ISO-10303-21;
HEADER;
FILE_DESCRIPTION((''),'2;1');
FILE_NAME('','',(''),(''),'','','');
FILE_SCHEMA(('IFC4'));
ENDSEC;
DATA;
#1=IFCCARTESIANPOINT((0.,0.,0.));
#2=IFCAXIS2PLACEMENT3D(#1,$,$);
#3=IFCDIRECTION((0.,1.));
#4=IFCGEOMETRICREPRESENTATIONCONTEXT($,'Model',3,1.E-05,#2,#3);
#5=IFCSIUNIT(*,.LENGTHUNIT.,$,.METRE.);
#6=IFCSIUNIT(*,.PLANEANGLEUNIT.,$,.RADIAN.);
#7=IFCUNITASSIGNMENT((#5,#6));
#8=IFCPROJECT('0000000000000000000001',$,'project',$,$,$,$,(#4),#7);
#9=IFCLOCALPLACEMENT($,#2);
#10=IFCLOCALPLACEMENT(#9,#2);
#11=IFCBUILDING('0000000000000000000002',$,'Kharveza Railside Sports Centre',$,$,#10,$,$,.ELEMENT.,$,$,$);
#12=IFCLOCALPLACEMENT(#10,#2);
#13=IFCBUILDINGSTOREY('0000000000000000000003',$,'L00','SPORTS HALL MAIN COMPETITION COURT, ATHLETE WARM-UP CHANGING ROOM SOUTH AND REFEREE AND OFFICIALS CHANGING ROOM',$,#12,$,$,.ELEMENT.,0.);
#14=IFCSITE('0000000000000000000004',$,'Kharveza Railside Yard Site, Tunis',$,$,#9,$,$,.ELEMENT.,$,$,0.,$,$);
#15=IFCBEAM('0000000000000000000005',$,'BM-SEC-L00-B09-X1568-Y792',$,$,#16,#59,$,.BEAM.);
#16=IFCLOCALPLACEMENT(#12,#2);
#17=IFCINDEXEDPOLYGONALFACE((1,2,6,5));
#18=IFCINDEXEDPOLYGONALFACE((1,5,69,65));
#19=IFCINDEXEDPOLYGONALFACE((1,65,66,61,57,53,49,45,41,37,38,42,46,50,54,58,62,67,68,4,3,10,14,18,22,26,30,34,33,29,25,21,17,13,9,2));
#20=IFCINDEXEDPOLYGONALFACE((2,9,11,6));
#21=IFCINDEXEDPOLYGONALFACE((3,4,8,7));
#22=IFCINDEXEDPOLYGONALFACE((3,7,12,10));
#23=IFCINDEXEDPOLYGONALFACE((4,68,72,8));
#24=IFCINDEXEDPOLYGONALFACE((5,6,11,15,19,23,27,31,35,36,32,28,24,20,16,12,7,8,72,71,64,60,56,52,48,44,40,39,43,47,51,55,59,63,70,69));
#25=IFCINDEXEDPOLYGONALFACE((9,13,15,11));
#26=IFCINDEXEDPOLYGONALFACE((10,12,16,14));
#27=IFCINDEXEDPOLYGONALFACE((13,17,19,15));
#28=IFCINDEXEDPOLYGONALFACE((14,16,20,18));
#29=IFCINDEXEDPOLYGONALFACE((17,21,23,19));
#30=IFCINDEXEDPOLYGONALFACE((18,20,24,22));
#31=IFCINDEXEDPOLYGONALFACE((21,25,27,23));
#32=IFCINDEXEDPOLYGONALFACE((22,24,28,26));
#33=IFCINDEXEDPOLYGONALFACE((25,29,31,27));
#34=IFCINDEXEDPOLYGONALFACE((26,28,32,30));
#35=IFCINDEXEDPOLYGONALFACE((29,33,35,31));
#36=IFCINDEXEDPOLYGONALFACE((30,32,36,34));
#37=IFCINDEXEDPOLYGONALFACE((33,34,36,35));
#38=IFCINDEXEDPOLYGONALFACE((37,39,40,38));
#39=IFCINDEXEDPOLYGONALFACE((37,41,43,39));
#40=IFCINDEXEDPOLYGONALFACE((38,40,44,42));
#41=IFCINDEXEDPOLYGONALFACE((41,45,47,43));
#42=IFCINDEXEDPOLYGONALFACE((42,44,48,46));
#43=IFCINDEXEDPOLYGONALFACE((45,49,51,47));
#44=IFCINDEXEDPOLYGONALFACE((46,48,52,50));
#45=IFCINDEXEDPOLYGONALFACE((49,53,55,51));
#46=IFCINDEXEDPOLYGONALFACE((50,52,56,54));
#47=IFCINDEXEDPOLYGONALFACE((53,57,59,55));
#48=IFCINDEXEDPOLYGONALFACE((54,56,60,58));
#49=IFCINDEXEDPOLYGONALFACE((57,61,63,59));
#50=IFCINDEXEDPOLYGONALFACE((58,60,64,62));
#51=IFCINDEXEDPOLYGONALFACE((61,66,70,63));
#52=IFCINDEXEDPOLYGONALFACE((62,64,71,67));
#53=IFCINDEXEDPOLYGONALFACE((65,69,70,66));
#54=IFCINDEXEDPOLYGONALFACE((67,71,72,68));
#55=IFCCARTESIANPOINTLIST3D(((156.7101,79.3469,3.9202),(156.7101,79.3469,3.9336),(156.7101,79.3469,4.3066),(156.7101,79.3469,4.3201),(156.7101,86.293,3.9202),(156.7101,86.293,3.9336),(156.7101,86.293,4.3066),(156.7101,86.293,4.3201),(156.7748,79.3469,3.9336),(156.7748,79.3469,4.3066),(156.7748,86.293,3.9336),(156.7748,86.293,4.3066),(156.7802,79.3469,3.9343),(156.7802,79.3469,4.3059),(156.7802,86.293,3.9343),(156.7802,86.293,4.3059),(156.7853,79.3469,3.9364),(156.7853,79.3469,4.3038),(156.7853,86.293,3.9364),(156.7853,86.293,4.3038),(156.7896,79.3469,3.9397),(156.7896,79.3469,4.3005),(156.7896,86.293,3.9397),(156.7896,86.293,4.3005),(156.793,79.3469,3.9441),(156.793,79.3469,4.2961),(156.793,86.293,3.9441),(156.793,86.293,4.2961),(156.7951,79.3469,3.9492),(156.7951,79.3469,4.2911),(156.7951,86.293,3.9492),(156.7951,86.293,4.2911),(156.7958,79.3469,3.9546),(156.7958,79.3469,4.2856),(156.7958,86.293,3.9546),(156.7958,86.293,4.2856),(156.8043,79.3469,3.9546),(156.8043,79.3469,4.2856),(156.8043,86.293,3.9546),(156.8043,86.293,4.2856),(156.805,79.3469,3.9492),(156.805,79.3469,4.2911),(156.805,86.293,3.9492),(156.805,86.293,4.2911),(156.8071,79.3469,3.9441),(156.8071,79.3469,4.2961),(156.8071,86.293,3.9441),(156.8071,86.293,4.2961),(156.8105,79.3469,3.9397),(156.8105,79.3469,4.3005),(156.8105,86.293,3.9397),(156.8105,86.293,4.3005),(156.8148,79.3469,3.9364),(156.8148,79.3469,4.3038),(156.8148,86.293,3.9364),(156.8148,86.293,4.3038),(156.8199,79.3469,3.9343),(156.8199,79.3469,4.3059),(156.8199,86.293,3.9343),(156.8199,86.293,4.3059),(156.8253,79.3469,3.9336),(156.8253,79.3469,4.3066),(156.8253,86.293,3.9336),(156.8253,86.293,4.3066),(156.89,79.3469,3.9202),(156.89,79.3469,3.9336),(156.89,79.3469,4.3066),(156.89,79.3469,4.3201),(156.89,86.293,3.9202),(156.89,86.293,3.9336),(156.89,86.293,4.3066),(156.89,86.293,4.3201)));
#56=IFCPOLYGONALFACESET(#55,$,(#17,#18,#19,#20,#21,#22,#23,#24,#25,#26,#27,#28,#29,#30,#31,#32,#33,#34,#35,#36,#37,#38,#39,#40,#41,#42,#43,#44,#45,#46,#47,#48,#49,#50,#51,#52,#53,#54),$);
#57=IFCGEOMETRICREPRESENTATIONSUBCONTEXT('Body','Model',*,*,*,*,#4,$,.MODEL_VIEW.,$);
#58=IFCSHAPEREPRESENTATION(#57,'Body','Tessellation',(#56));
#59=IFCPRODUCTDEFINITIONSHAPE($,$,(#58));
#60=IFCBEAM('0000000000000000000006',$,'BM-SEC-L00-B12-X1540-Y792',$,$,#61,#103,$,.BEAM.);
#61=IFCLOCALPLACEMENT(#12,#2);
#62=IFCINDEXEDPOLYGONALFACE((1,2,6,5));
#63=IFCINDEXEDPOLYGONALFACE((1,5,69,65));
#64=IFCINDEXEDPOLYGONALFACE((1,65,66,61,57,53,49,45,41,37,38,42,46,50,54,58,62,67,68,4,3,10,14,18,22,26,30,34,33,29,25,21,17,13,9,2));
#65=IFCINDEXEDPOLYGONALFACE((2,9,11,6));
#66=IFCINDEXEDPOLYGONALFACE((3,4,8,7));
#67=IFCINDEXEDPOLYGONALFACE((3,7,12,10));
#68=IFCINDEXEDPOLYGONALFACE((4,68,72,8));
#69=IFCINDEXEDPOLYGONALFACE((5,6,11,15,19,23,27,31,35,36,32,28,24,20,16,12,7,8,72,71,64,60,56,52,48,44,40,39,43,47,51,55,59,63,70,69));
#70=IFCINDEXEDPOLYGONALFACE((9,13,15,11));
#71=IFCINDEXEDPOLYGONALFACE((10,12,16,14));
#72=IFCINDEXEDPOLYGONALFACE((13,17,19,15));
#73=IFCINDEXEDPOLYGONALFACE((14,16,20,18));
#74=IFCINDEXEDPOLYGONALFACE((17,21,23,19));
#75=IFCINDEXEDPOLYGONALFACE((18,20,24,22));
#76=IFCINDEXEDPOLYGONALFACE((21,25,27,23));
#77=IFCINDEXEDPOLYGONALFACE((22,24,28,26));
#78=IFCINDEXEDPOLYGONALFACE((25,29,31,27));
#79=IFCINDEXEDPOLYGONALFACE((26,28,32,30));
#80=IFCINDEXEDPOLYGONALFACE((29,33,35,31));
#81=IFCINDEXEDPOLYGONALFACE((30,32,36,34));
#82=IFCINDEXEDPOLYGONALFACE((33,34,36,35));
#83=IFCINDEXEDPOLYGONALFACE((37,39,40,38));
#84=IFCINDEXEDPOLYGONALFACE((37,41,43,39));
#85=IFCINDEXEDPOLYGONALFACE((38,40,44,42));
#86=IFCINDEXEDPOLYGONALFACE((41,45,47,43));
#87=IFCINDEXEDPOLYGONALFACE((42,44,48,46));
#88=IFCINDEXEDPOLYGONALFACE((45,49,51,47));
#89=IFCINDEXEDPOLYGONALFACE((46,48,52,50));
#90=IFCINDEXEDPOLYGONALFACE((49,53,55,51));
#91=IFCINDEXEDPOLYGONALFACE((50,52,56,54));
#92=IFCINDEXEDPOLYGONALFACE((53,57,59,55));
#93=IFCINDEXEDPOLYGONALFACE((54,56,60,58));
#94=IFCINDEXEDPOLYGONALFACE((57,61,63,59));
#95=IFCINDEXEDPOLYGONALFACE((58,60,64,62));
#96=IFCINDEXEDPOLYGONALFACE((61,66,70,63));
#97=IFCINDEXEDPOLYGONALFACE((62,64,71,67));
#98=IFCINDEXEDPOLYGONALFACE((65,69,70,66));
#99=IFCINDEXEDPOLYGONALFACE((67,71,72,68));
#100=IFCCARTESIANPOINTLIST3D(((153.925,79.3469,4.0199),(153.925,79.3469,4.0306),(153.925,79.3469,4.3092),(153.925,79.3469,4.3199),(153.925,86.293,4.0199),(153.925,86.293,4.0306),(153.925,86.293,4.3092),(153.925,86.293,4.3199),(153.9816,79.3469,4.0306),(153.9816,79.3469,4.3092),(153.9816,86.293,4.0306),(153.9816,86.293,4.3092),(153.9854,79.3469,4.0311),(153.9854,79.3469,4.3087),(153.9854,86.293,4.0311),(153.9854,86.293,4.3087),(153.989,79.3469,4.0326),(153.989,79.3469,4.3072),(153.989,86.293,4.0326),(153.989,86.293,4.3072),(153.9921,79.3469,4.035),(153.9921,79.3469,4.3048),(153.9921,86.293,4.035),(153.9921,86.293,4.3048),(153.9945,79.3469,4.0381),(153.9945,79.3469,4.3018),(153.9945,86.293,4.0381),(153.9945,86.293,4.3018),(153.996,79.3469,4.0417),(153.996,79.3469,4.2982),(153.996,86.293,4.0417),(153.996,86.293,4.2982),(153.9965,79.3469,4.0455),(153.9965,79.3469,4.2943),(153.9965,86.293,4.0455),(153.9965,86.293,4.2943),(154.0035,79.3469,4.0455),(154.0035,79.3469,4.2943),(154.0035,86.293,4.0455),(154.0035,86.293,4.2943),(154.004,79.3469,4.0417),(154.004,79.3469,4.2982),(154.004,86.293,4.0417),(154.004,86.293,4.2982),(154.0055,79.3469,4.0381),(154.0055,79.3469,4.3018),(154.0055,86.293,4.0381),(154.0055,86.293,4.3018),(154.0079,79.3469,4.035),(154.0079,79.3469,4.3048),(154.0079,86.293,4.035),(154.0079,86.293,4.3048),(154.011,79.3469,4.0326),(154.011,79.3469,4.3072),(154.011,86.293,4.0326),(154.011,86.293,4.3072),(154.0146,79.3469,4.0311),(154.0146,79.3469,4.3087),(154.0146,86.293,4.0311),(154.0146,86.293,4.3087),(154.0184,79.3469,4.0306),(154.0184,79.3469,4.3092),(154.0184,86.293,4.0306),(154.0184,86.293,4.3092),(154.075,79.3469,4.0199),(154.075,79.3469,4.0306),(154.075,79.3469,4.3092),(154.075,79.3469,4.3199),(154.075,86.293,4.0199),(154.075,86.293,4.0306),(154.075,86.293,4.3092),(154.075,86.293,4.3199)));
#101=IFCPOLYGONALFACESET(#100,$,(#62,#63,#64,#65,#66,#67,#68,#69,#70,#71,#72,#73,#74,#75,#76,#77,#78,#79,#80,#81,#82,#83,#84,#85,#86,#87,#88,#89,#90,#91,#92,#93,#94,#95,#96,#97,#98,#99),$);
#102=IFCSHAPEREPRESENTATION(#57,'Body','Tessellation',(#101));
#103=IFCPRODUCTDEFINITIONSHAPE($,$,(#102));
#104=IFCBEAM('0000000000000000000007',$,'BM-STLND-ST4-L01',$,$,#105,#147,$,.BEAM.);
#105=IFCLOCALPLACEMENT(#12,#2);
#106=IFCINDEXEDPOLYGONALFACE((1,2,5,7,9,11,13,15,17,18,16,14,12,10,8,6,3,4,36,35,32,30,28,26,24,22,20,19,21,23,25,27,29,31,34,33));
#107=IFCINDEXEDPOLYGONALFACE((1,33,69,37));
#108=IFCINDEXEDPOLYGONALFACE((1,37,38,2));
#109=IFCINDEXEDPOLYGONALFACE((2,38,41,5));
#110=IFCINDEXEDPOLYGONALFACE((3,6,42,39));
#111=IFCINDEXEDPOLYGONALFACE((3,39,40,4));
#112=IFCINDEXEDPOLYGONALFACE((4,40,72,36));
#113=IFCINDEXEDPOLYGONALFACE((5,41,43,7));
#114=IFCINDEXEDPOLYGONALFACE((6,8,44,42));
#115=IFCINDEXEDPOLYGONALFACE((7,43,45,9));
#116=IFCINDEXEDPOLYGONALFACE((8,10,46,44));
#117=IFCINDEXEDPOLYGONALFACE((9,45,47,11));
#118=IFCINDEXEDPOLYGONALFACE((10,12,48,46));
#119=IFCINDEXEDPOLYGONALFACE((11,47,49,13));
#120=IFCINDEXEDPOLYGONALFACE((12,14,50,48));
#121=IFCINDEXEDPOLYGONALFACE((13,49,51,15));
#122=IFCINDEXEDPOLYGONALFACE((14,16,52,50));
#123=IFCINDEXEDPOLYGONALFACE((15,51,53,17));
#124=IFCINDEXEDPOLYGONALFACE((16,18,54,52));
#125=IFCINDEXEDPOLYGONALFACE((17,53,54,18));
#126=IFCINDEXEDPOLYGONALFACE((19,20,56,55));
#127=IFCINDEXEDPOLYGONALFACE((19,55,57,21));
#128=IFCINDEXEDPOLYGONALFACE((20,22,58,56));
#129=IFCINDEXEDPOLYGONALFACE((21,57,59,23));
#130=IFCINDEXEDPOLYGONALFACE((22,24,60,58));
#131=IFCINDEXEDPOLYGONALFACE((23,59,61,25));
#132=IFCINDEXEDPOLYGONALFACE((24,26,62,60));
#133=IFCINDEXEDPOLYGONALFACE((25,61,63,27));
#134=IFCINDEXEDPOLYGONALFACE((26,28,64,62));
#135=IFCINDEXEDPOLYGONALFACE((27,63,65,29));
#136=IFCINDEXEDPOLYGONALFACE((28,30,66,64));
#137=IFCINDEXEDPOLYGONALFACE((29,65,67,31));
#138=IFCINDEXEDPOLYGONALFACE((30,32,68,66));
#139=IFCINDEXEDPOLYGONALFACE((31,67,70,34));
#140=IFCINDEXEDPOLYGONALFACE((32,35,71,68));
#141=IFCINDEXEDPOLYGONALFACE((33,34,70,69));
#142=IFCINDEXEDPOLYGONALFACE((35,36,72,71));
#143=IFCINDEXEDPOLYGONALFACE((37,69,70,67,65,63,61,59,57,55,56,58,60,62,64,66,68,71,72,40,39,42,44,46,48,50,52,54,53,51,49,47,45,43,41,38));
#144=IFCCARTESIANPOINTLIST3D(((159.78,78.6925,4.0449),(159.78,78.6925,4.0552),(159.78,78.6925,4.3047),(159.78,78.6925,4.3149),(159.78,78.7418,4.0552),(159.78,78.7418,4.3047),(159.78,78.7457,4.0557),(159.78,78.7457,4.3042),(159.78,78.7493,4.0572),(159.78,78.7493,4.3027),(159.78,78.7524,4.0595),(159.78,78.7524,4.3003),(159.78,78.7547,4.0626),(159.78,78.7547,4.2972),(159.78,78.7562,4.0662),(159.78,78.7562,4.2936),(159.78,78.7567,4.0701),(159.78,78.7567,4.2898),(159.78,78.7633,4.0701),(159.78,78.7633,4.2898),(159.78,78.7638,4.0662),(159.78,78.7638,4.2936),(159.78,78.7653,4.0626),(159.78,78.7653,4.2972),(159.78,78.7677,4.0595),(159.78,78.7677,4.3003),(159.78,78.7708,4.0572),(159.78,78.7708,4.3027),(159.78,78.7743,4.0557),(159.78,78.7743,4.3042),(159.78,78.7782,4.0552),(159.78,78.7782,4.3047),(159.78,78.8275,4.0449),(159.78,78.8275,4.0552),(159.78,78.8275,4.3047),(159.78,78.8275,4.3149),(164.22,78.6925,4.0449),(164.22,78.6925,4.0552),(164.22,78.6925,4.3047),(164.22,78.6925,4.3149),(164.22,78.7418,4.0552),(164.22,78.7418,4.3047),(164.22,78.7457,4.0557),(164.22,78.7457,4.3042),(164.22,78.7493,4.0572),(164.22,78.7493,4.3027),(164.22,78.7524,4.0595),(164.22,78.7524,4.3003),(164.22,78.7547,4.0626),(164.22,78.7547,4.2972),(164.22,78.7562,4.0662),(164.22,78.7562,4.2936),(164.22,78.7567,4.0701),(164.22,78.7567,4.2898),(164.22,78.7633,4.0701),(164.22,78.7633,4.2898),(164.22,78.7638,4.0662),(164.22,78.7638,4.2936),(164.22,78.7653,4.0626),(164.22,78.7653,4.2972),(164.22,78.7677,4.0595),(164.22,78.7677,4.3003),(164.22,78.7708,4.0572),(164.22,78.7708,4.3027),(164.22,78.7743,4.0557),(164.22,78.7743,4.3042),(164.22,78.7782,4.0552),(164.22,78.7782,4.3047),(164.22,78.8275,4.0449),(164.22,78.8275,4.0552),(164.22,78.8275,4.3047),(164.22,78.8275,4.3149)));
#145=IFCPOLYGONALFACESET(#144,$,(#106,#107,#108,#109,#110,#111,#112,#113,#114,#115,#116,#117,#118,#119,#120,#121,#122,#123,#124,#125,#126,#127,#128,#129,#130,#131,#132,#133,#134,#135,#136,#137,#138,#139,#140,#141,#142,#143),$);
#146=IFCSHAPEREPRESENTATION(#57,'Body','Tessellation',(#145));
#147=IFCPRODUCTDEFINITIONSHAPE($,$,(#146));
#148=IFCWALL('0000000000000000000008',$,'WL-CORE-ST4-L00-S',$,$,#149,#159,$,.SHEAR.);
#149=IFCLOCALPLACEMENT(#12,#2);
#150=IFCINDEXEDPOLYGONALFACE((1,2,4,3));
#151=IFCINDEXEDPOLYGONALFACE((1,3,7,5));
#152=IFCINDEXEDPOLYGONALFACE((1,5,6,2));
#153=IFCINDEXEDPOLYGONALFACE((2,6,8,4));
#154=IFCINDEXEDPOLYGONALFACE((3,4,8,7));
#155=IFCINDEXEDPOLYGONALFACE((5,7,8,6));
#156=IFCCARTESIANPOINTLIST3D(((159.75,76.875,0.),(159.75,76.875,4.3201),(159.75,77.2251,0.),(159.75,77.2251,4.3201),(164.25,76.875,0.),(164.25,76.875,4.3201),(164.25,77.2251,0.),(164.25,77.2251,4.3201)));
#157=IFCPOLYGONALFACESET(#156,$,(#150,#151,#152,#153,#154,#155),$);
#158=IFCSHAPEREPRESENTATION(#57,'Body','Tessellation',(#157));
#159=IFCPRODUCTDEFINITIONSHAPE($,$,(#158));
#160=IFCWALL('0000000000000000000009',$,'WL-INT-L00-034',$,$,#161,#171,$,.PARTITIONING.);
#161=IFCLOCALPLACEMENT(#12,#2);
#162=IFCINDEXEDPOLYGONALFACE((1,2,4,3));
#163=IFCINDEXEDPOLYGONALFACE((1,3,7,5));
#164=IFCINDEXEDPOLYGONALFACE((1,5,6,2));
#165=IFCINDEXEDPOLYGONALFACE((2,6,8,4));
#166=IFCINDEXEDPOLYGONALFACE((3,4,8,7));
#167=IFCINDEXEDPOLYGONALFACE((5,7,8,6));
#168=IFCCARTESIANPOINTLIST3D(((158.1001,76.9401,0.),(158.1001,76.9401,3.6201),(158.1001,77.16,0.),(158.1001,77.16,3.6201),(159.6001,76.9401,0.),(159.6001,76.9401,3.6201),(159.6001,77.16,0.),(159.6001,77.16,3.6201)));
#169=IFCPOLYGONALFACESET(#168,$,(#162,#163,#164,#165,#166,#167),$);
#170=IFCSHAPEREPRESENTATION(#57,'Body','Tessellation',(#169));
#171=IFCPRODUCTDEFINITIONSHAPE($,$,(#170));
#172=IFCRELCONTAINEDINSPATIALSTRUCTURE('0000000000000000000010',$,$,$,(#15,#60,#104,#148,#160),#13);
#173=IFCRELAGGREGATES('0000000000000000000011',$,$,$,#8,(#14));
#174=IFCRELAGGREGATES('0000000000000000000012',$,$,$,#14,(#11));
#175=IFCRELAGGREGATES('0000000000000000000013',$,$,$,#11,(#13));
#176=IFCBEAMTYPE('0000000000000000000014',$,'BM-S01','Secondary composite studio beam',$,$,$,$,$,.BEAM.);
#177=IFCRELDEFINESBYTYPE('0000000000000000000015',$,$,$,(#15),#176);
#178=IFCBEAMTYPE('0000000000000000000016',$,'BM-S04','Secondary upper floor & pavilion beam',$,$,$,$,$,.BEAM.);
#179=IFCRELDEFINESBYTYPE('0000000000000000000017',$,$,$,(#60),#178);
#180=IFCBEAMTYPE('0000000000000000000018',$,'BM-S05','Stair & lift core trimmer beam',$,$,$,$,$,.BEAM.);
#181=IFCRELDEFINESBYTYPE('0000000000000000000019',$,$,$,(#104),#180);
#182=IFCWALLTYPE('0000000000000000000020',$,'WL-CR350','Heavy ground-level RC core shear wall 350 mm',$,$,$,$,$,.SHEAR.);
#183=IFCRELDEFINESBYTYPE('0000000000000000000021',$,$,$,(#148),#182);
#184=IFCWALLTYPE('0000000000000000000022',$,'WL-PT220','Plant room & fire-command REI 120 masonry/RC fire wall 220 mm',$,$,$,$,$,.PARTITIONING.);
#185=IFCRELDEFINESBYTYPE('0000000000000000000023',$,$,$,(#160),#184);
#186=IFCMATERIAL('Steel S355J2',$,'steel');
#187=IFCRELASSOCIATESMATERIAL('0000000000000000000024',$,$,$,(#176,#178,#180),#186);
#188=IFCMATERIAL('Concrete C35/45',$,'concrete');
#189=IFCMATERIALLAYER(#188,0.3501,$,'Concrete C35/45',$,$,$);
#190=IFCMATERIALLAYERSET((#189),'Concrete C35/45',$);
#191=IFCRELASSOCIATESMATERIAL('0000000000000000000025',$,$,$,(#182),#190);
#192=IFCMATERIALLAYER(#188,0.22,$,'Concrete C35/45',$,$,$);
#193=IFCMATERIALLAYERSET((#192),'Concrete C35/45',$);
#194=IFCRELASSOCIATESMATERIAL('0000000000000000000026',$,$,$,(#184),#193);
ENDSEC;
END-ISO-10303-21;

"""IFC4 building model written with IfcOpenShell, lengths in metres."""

from ifc_helpers import new_model, si_unit, direction, frame, frame_2d, origin, origin_2d, place, context, subcontext, project, spatial, rectangle, i_section, extrude, material, layer, layer_set, material_profile, profile_set, type_object, element, save


model = new_model("IFC4")

# Units and contexts
model_context = context("Model", 3, precision=1e-05, world=origin(), true_north=direction((0.0, 1.0)))
body_context = subcontext(model_context, "Body", "Model", "MODEL_VIEW")
ifc_project = project(units=[si_unit("LENGTHUNIT", "METRE"), si_unit("PLANEANGLEUNIT", "RADIAN")], contexts=[model_context])

# Site, building, storey
site_placement = place(None, origin())
site = spatial("IfcSite", under=ifc_project, at=site_placement, Name="Kharveza Railside Yard Site, Tunis", CompositionType="ELEMENT", RefElevation=0.0)
building_placement = place(site_placement, origin())
building = spatial("IfcBuilding", under=site, at=building_placement, Name="Kharveza Railside Sports Centre", CompositionType="ELEMENT")
storey_placement = place(building_placement, origin())
storey = spatial("IfcBuildingStorey", under=building, at=storey_placement, Name="L00", Description="SPORTS HALL MAIN COMPETITION COURT, ATHLETE WARM-UP CHANGING ROOM SOUTH AND REFEREE AND OFFICIALS CHANGING ROOM", CompositionType="ELEMENT", Elevation=0.0)

# Shared definitions
ifc_material_1 = material(Name="Concrete C35/45", Category="concrete")

# Shared definitions
ifc_material_2 = material(Name="Steel S355J2", Category="steel")

# Beams
ifc_material_profile_1 = material_profile(ifc_material_2, i_section(OverallWidth=0.1799, OverallDepth=0.3999, WebThickness=0.0085, FlangeThickness=0.0134, FilletRadius=0.021, at=origin_2d()), Name="IPE 400")
ifc_profile_set_1 = profile_set([ifc_material_profile_1], Name="Steel S355J2")
beam_type_1 = type_object("IfcBeamType", Name="BM-S01", Description="Secondary composite studio beam", PredefinedType="BEAM", material=ifc_profile_set_1)
beam_1_placement = place(storey_placement, frame((156.8, 79.3469, 4.1201), z_axis=(0.0, 1.0, 0.0), x_axis=(-1.0, 0.0, 0.0)))
element("IfcBeam", 1, at=beam_1_placement, inside=storey, type_object=beam_type_1, Name="BM-SEC-L00-B09-X1568-Y792", PredefinedType="BEAM", context=body_context, shape_type="SweptSolid", body=[
    extrude(i_section(OverallWidth=0.1799, OverallDepth=0.3999, WebThickness=0.0085, FlangeThickness=0.0134, FilletRadius=0.021, at=origin_2d()), origin(), (0.0, 0.0, 1.0), 6.946),
])
ifc_material_profile_2 = material_profile(ifc_material_2, i_section(OverallWidth=0.1499, OverallDepth=0.3, WebThickness=0.0071, FlangeThickness=0.0107, FilletRadius=0.0149, at=origin_2d()), Name="IPE 300")
ifc_profile_set_2 = profile_set([ifc_material_profile_2], Name="Steel S355J2")
beam_type_2 = type_object("IfcBeamType", Name="BM-S04", Description="Secondary upper floor & pavilion beam", PredefinedType="BEAM", material=ifc_profile_set_2)
beam_2_placement = place(storey_placement, frame((154.0, 79.3469, 4.1699), z_axis=(0.0, 1.0, 0.0), x_axis=(-1.0, 0.0, 0.0)))
element("IfcBeam", 2, at=beam_2_placement, inside=storey, type_object=beam_type_2, Name="BM-SEC-L00-B12-X1540-Y792", PredefinedType="BEAM", context=body_context, shape_type="SweptSolid", body=[
    extrude(i_section(OverallWidth=0.1499, OverallDepth=0.3, WebThickness=0.0071, FlangeThickness=0.0107, FilletRadius=0.0149, at=origin_2d()), origin(), (0.0, 0.0, 1.0), 6.946),
])
ifc_material_profile_3 = material_profile(ifc_material_2, i_section(OverallWidth=0.135, OverallDepth=0.27, WebThickness=0.0066, FlangeThickness=0.0103, FilletRadius=0.0149, at=origin_2d()), Name="IPE 270")
ifc_profile_set_3 = profile_set([ifc_material_profile_3], Name="Steel S355J2")
beam_type_3 = type_object("IfcBeamType", Name="BM-S05", Description="Stair & lift core trimmer beam", PredefinedType="BEAM", material=ifc_profile_set_3)
beam_3_placement = place(storey_placement, frame((159.78, 78.76, 4.1799), z_axis=(1.0, 0.0, 0.0), x_axis=(0.0, 1.0, 0.0)))
element("IfcBeam", 3, at=beam_3_placement, inside=storey, type_object=beam_type_3, Name="BM-STLND-ST4-L01", PredefinedType="BEAM", context=body_context, shape_type="SweptSolid", body=[
    extrude(i_section(OverallWidth=0.135, OverallDepth=0.27, WebThickness=0.0066, FlangeThickness=0.0103, FilletRadius=0.0149, at=origin_2d()), origin(), (0.0, 0.0, 1.0), 4.4399),
])

# Walls
ifc_layer_1 = layer(ifc_material_1, 0.3501, Name="Concrete C35/45")
ifc_layer_set_1 = layer_set([ifc_layer_1], Name="Concrete C35/45")
wall_type_1 = type_object("IfcWallType", Name="WL-CR350", Description="Heavy ground-level RC core shear wall 350 mm", PredefinedType="SHEAR", material=ifc_layer_set_1)
wall_1_placement = place(storey_placement, frame((159.75, 77.05, 0.0), z_axis=(0.0, 0.0, 1.0), x_axis=(1.0, 0.0, 0.0)))
element("IfcWall", 4, at=wall_1_placement, inside=storey, type_object=wall_type_1, Name="WL-CORE-ST4-L00-S", PredefinedType="SHEAR", context=body_context, shape_type="SweptSolid", body=[
    extrude(rectangle(XDim=4.5, YDim=0.3501, at=frame_2d((2.25, 0.0))), origin(), (0.0, 0.0, 1.0), 4.3201),
])
ifc_layer_2 = layer(ifc_material_1, 0.22, Name="Concrete C35/45")
ifc_layer_set_2 = layer_set([ifc_layer_2], Name="Concrete C35/45")
wall_type_2 = type_object("IfcWallType", Name="WL-PT220", Description="Plant room & fire-command REI 120 masonry/RC fire wall 220 mm", PredefinedType="PARTITIONING", material=ifc_layer_set_2)
wall_2_placement = place(storey_placement, frame((158.1001, 77.05, 0.0), z_axis=(0.0, 0.0, 1.0), x_axis=(1.0, 0.0, 0.0)))
element("IfcWall", 5, at=wall_2_placement, inside=storey, type_object=wall_type_2, Name="WL-INT-L00-034", PredefinedType="PARTITIONING", context=body_context, shape_type="SweptSolid", body=[
    extrude(rectangle(XDim=1.5, YDim=0.22, at=frame_2d((0.75, 0.0))), origin(), (0.0, 0.0, 1.0), 3.6201),
])

save(model, "model.ifc")
